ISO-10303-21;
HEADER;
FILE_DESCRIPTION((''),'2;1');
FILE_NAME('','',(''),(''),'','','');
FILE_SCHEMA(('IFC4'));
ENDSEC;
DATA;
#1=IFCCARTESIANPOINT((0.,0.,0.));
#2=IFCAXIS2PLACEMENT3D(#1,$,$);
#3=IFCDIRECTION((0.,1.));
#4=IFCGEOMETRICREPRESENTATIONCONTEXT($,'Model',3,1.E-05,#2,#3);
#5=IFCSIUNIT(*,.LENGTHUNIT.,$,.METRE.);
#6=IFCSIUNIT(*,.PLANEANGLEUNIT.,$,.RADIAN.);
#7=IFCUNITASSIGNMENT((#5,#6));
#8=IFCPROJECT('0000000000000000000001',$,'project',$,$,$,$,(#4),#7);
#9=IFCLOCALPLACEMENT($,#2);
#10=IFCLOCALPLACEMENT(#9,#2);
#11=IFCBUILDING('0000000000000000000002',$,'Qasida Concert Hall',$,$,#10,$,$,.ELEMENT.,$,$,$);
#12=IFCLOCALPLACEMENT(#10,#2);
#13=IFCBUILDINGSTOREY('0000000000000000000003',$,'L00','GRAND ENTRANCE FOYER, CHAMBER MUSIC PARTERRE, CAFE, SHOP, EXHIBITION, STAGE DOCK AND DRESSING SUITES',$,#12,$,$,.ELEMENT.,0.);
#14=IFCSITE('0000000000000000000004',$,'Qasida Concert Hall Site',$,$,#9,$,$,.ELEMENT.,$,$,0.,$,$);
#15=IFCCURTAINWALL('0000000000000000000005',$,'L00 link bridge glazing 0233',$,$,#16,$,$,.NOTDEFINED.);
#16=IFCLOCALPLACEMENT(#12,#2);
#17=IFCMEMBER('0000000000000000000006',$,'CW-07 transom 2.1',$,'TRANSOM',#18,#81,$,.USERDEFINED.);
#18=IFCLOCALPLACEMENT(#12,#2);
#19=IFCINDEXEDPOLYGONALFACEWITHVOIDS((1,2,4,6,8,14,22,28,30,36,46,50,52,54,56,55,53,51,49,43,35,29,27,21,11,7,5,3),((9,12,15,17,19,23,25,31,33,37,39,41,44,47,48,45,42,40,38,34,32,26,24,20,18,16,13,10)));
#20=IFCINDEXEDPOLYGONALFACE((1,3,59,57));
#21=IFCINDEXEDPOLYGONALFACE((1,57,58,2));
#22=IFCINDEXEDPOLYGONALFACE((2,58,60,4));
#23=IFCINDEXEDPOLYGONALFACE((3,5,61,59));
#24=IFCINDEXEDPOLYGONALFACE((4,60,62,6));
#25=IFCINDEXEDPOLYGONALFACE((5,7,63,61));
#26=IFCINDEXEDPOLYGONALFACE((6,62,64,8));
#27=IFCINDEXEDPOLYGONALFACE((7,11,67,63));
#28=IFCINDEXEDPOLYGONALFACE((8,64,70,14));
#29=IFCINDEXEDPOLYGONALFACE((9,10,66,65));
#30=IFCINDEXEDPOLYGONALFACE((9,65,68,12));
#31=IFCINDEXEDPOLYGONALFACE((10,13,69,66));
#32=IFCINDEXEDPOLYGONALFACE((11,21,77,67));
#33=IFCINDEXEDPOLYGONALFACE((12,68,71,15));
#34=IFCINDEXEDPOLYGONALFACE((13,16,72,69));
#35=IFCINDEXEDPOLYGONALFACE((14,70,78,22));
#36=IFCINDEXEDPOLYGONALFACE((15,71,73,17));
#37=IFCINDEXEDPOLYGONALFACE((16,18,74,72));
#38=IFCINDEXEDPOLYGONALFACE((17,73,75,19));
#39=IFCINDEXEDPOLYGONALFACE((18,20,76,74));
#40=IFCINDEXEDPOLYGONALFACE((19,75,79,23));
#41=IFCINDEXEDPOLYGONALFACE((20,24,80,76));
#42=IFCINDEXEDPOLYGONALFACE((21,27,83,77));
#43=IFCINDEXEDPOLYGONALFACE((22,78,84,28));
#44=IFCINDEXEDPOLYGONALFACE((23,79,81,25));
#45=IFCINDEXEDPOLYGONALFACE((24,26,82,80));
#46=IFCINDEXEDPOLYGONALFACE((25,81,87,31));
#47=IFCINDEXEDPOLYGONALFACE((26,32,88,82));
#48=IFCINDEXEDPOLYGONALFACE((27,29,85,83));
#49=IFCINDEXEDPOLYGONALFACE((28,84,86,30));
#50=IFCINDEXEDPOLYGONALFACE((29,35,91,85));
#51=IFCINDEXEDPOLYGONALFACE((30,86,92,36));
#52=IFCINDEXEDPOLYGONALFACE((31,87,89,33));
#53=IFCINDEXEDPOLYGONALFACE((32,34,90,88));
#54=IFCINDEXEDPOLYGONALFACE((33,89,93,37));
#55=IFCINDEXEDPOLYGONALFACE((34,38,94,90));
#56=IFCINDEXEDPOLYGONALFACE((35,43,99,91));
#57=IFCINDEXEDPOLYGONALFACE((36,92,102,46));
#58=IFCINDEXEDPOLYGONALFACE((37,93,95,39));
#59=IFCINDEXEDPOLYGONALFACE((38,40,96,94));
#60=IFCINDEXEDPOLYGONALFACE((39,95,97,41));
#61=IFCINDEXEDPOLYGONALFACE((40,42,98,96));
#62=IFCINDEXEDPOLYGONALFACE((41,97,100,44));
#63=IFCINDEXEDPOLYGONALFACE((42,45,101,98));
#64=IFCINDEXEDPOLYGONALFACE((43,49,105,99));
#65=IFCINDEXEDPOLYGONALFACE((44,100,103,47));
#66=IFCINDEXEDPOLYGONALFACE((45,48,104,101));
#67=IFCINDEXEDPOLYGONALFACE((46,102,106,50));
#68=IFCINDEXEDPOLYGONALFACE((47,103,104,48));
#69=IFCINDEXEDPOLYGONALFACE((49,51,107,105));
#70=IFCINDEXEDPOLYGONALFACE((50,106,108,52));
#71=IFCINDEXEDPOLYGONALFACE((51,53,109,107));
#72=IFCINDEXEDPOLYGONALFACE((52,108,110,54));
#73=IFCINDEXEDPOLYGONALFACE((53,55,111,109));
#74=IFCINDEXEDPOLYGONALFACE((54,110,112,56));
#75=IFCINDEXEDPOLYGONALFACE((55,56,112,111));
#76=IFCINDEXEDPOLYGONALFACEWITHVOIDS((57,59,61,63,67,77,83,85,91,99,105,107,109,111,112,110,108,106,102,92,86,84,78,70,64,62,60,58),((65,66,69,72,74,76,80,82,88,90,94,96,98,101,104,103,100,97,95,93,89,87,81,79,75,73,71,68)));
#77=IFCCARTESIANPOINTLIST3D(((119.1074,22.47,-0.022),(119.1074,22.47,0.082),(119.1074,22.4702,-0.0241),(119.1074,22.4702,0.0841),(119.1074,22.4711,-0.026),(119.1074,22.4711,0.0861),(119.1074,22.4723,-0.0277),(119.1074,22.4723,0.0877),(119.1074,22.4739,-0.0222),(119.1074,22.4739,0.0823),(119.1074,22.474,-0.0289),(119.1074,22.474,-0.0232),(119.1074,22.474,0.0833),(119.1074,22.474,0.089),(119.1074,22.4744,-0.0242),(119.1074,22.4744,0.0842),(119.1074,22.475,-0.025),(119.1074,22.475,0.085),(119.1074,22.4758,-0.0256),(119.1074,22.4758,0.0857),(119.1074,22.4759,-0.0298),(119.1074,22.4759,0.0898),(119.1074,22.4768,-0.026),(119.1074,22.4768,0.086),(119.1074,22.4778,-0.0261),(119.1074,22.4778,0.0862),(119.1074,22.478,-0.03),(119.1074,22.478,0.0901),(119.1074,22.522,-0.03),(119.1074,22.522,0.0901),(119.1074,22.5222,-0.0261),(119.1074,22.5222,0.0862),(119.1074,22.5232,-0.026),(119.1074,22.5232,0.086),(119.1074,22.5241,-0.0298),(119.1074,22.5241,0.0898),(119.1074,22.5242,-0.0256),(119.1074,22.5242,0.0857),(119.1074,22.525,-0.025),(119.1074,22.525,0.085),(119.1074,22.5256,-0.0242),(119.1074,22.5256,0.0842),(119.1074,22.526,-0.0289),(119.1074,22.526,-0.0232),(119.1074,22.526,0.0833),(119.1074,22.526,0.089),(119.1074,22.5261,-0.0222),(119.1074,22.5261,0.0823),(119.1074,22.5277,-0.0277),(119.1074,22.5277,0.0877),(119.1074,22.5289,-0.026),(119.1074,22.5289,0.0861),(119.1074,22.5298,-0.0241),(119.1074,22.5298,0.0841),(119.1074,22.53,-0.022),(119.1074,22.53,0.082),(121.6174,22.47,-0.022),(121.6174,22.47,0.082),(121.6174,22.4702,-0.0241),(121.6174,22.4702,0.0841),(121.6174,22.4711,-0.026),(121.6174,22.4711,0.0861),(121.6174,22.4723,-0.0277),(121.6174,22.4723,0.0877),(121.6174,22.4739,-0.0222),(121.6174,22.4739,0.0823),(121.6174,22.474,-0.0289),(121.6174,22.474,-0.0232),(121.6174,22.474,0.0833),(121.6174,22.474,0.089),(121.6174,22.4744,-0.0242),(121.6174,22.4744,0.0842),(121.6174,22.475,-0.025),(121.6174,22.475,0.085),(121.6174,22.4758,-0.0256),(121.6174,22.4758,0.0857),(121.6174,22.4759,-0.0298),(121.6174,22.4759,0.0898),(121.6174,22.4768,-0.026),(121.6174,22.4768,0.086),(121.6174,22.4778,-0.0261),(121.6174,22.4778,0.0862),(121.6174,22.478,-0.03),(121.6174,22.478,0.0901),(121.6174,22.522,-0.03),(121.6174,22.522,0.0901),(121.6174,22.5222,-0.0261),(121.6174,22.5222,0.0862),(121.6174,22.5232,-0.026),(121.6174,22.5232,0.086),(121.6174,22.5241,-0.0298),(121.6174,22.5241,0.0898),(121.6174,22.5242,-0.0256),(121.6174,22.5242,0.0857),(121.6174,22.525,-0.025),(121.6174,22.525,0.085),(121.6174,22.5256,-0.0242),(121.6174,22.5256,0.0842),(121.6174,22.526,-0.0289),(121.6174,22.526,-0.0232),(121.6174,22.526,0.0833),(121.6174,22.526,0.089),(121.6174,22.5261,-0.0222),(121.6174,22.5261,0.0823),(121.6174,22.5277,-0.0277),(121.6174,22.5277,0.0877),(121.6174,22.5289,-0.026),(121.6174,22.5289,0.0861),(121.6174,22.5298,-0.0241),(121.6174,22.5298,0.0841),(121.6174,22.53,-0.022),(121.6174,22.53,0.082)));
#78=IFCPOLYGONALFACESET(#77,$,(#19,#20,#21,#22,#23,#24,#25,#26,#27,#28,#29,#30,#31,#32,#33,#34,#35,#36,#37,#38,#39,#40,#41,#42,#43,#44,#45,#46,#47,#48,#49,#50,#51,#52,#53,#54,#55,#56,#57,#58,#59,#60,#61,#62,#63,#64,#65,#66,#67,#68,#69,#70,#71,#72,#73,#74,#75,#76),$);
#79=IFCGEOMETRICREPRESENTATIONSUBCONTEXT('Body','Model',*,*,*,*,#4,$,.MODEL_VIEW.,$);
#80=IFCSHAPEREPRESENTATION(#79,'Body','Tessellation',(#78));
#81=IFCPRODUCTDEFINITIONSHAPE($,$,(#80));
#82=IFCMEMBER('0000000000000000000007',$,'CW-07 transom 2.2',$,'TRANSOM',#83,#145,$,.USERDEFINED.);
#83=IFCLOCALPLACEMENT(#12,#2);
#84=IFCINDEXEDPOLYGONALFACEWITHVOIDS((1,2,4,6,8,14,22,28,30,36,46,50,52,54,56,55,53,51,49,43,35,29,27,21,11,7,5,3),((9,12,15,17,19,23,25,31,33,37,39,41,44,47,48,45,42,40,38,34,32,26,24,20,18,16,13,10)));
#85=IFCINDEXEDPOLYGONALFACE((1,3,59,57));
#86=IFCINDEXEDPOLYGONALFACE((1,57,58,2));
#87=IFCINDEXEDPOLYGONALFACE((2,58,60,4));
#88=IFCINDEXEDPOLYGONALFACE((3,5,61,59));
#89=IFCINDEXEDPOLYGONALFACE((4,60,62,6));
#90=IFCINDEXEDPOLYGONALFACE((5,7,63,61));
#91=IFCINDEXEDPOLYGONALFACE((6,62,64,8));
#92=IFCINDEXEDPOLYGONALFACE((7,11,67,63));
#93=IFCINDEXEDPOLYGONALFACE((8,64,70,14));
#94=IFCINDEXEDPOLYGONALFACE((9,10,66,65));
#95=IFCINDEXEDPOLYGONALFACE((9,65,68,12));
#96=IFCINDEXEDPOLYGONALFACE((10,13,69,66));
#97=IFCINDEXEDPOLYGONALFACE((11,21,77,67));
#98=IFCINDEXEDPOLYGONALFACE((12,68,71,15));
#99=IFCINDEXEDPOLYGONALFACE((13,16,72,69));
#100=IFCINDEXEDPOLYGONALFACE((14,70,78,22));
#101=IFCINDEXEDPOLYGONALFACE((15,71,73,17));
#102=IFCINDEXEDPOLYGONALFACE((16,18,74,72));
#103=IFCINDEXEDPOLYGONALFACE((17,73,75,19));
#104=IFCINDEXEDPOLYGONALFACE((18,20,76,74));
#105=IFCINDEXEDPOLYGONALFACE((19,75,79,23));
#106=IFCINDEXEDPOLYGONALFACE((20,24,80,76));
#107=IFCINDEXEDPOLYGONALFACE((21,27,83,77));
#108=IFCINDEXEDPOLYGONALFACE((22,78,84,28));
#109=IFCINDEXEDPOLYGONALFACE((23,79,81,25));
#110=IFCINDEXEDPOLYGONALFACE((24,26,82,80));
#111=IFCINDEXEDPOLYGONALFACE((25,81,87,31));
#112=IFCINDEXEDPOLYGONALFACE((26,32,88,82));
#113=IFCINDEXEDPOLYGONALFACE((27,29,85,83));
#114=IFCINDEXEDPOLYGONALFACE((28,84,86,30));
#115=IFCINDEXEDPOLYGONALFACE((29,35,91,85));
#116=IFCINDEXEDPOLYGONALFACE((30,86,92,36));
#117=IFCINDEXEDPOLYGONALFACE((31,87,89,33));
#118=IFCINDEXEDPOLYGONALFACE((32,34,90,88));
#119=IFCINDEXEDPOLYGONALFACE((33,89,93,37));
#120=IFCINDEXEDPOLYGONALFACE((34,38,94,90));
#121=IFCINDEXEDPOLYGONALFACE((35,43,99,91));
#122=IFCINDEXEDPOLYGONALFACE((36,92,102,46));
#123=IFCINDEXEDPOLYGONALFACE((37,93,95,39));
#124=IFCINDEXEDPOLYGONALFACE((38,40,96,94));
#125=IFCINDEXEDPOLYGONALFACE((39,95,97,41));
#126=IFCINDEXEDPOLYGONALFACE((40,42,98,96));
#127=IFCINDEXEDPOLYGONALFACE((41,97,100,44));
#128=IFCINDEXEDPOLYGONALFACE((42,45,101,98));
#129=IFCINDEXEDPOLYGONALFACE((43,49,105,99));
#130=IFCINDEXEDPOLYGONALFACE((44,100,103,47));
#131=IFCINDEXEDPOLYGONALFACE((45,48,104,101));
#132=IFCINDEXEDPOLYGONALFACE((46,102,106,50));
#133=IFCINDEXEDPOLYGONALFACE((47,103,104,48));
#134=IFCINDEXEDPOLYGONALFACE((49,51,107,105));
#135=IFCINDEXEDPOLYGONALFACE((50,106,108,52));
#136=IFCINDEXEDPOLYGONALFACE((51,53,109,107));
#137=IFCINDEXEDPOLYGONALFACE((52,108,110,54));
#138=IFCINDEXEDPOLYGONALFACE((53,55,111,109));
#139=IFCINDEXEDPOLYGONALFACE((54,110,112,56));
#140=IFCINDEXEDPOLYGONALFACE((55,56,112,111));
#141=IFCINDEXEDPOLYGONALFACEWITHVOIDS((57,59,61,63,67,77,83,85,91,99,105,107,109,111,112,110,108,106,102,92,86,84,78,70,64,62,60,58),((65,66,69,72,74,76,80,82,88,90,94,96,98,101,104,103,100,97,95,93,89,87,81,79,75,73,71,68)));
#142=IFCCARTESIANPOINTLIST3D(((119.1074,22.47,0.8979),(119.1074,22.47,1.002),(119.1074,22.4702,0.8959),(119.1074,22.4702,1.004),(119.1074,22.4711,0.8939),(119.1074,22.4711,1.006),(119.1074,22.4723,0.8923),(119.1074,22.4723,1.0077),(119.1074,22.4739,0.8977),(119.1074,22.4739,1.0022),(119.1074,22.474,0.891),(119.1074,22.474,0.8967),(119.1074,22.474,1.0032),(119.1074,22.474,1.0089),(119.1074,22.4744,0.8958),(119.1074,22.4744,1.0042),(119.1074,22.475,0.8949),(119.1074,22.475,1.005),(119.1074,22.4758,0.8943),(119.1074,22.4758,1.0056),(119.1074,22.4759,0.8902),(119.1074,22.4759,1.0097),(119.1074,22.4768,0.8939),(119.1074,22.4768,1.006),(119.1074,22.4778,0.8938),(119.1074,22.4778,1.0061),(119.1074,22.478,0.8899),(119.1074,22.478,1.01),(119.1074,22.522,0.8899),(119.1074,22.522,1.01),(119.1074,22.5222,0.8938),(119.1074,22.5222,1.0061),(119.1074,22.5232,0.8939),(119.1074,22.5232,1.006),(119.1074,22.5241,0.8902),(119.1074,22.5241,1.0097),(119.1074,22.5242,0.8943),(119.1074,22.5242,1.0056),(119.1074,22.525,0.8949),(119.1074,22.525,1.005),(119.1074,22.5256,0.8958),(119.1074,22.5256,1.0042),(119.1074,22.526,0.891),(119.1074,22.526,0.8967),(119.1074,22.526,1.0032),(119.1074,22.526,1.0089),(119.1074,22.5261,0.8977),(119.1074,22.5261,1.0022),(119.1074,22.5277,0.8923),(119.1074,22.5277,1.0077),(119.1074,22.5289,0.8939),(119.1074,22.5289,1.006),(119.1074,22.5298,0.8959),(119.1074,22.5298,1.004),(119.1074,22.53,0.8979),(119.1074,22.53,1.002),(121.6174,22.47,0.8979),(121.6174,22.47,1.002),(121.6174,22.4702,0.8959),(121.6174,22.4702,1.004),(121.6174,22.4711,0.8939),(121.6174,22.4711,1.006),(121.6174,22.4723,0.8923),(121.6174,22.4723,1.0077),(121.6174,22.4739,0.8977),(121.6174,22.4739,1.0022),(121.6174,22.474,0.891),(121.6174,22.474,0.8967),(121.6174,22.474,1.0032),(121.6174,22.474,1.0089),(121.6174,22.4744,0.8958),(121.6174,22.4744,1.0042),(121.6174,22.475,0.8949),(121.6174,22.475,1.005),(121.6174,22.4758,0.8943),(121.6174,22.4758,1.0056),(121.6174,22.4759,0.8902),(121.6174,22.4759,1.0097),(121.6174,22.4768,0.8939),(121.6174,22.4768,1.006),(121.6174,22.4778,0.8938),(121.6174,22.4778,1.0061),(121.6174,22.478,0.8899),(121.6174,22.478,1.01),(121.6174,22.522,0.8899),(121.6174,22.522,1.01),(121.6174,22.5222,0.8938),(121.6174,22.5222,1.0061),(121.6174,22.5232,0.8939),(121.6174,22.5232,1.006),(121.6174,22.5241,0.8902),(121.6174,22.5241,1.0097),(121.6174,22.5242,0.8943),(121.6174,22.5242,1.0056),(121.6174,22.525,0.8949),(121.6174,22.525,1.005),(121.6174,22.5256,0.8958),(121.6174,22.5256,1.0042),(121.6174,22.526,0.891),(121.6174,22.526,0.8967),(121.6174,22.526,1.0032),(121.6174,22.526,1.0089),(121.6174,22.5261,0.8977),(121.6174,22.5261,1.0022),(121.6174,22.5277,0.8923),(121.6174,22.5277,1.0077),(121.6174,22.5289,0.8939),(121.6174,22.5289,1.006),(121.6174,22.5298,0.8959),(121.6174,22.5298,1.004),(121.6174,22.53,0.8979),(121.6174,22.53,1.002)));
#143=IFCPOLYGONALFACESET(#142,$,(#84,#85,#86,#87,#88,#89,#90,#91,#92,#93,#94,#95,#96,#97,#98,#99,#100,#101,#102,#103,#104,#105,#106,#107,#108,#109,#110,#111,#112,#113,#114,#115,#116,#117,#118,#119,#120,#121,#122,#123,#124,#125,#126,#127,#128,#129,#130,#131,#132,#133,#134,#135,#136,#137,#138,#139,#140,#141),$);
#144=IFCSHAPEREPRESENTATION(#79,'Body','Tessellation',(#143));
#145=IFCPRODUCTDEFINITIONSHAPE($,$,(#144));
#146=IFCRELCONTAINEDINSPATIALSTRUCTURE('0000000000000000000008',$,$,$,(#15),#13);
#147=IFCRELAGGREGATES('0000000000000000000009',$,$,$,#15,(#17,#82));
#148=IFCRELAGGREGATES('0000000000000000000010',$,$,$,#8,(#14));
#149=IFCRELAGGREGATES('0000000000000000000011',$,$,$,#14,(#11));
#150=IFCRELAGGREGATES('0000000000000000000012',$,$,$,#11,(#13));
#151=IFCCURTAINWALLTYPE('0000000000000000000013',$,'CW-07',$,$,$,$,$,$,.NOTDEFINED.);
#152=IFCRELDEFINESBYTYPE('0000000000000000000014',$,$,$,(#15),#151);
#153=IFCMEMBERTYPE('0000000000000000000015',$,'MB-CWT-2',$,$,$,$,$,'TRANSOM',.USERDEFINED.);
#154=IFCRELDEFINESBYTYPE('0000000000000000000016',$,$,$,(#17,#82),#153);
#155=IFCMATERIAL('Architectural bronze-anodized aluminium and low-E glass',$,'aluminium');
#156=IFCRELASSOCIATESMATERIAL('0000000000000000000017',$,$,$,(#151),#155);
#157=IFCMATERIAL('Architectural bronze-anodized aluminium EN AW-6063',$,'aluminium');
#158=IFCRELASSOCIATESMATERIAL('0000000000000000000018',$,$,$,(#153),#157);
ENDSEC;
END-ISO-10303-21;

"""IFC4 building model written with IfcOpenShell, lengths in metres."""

from ifc_helpers import new_model, si_unit, direction, frame, origin, origin_2d, place, context, subcontext, project, spatial, hollow_rectangle, extrude, material, material_profile, profile_set, type_object, element, aggregate, save


model = new_model("IFC4")

# Units and contexts
model_context = context("Model", 3, precision=1e-05, world=origin(), true_north=direction((0.0, 1.0)))
body_context = subcontext(model_context, "Body", "Model", "MODEL_VIEW")
ifc_project = project(units=[si_unit("LENGTHUNIT", "METRE"), si_unit("PLANEANGLEUNIT", "RADIAN")], contexts=[model_context])

# Site, building, storey
site_placement = place(None, origin())
site = spatial("IfcSite", under=ifc_project, at=site_placement, Name="Qasida Concert Hall Site", CompositionType="ELEMENT", RefElevation=0.0)
building_placement = place(site_placement, origin())
building = spatial("IfcBuilding", under=site, at=building_placement, Name="Qasida Concert Hall", CompositionType="ELEMENT")
storey_placement = place(building_placement, origin())
storey = spatial("IfcBuildingStorey", under=building, at=storey_placement, Name="L00", Description="GRAND ENTRANCE FOYER, CHAMBER MUSIC PARTERRE, CAFE, SHOP, EXHIBITION, STAGE DOCK AND DRESSING SUITES", CompositionType="ELEMENT", Elevation=0.0)

# Curtain wall
ifc_material_1 = material(Name="Architectural bronze-anodized aluminium and low-E glass", Category="aluminium")
curtain_wall_type = type_object("IfcCurtainWallType", Name="CW-07", PredefinedType="NOTDEFINED", material=ifc_material_1)
ifc_material_2 = material(Name="Architectural bronze-anodized aluminium EN AW-6063", Category="aluminium")
curtain_wall_1_placement = place(storey_placement, origin())
curtain_wall_1 = element("IfcCurtainWall", 1, at=curtain_wall_1_placement, inside=storey, type_object=curtain_wall_type, Name="L00 link bridge glazing 0233", PredefinedType="NOTDEFINED")

# Members
ifc_material_profile_1 = material_profile(ifc_material_2, hollow_rectangle(XDim=0.0601, YDim=0.1201, WallThickness=0.0039, InnerFilletRadius=0.0039, OuterFilletRadius=0.0081, at=origin_2d()), Name="CWT 120x60x4")
ifc_profile_set_1 = profile_set([ifc_material_profile_1], Name="Architectural bronze-anodized aluminium EN AW-6063")
member_type_1 = type_object("IfcMemberType", Name="MB-CWT-2", ElementType="TRANSOM", PredefinedType="USERDEFINED", material=ifc_profile_set_1)
member_1_placement = place(storey_placement, frame((119.1074, 22.5, 0.03), z_axis=(1.0, 0.0, 0.0), x_axis=(0.0, 1.0, 0.0)))
member_1 = element("IfcMember", 2, at=member_1_placement, type_object=member_type_1, Name="CW-07 transom 2.1", ObjectType="TRANSOM", PredefinedType="USERDEFINED", context=body_context, shape_type="SweptSolid", body=[
    extrude(hollow_rectangle(XDim=0.0601, YDim=0.1201, WallThickness=0.0039, InnerFilletRadius=0.0039, OuterFilletRadius=0.0081, at=origin_2d()), origin(), (0.0, 0.0, 1.0), 2.51),
])
member_2_placement = place(storey_placement, frame((119.1074, 22.5, 0.95), z_axis=(1.0, 0.0, 0.0), x_axis=(0.0, 1.0, 0.0)))
member_2 = element("IfcMember", 3, at=member_2_placement, type_object=member_type_1, Name="CW-07 transom 2.2", ObjectType="TRANSOM", PredefinedType="USERDEFINED", context=body_context, shape_type="SweptSolid", body=[
    extrude(hollow_rectangle(XDim=0.0601, YDim=0.1201, WallThickness=0.0039, InnerFilletRadius=0.0039, OuterFilletRadius=0.0081, at=origin_2d()), origin(), (0.0, 0.0, 1.0), 2.51),
])

aggregate(curtain_wall_1, [member_1, member_2])

save(model, "model.ifc")
